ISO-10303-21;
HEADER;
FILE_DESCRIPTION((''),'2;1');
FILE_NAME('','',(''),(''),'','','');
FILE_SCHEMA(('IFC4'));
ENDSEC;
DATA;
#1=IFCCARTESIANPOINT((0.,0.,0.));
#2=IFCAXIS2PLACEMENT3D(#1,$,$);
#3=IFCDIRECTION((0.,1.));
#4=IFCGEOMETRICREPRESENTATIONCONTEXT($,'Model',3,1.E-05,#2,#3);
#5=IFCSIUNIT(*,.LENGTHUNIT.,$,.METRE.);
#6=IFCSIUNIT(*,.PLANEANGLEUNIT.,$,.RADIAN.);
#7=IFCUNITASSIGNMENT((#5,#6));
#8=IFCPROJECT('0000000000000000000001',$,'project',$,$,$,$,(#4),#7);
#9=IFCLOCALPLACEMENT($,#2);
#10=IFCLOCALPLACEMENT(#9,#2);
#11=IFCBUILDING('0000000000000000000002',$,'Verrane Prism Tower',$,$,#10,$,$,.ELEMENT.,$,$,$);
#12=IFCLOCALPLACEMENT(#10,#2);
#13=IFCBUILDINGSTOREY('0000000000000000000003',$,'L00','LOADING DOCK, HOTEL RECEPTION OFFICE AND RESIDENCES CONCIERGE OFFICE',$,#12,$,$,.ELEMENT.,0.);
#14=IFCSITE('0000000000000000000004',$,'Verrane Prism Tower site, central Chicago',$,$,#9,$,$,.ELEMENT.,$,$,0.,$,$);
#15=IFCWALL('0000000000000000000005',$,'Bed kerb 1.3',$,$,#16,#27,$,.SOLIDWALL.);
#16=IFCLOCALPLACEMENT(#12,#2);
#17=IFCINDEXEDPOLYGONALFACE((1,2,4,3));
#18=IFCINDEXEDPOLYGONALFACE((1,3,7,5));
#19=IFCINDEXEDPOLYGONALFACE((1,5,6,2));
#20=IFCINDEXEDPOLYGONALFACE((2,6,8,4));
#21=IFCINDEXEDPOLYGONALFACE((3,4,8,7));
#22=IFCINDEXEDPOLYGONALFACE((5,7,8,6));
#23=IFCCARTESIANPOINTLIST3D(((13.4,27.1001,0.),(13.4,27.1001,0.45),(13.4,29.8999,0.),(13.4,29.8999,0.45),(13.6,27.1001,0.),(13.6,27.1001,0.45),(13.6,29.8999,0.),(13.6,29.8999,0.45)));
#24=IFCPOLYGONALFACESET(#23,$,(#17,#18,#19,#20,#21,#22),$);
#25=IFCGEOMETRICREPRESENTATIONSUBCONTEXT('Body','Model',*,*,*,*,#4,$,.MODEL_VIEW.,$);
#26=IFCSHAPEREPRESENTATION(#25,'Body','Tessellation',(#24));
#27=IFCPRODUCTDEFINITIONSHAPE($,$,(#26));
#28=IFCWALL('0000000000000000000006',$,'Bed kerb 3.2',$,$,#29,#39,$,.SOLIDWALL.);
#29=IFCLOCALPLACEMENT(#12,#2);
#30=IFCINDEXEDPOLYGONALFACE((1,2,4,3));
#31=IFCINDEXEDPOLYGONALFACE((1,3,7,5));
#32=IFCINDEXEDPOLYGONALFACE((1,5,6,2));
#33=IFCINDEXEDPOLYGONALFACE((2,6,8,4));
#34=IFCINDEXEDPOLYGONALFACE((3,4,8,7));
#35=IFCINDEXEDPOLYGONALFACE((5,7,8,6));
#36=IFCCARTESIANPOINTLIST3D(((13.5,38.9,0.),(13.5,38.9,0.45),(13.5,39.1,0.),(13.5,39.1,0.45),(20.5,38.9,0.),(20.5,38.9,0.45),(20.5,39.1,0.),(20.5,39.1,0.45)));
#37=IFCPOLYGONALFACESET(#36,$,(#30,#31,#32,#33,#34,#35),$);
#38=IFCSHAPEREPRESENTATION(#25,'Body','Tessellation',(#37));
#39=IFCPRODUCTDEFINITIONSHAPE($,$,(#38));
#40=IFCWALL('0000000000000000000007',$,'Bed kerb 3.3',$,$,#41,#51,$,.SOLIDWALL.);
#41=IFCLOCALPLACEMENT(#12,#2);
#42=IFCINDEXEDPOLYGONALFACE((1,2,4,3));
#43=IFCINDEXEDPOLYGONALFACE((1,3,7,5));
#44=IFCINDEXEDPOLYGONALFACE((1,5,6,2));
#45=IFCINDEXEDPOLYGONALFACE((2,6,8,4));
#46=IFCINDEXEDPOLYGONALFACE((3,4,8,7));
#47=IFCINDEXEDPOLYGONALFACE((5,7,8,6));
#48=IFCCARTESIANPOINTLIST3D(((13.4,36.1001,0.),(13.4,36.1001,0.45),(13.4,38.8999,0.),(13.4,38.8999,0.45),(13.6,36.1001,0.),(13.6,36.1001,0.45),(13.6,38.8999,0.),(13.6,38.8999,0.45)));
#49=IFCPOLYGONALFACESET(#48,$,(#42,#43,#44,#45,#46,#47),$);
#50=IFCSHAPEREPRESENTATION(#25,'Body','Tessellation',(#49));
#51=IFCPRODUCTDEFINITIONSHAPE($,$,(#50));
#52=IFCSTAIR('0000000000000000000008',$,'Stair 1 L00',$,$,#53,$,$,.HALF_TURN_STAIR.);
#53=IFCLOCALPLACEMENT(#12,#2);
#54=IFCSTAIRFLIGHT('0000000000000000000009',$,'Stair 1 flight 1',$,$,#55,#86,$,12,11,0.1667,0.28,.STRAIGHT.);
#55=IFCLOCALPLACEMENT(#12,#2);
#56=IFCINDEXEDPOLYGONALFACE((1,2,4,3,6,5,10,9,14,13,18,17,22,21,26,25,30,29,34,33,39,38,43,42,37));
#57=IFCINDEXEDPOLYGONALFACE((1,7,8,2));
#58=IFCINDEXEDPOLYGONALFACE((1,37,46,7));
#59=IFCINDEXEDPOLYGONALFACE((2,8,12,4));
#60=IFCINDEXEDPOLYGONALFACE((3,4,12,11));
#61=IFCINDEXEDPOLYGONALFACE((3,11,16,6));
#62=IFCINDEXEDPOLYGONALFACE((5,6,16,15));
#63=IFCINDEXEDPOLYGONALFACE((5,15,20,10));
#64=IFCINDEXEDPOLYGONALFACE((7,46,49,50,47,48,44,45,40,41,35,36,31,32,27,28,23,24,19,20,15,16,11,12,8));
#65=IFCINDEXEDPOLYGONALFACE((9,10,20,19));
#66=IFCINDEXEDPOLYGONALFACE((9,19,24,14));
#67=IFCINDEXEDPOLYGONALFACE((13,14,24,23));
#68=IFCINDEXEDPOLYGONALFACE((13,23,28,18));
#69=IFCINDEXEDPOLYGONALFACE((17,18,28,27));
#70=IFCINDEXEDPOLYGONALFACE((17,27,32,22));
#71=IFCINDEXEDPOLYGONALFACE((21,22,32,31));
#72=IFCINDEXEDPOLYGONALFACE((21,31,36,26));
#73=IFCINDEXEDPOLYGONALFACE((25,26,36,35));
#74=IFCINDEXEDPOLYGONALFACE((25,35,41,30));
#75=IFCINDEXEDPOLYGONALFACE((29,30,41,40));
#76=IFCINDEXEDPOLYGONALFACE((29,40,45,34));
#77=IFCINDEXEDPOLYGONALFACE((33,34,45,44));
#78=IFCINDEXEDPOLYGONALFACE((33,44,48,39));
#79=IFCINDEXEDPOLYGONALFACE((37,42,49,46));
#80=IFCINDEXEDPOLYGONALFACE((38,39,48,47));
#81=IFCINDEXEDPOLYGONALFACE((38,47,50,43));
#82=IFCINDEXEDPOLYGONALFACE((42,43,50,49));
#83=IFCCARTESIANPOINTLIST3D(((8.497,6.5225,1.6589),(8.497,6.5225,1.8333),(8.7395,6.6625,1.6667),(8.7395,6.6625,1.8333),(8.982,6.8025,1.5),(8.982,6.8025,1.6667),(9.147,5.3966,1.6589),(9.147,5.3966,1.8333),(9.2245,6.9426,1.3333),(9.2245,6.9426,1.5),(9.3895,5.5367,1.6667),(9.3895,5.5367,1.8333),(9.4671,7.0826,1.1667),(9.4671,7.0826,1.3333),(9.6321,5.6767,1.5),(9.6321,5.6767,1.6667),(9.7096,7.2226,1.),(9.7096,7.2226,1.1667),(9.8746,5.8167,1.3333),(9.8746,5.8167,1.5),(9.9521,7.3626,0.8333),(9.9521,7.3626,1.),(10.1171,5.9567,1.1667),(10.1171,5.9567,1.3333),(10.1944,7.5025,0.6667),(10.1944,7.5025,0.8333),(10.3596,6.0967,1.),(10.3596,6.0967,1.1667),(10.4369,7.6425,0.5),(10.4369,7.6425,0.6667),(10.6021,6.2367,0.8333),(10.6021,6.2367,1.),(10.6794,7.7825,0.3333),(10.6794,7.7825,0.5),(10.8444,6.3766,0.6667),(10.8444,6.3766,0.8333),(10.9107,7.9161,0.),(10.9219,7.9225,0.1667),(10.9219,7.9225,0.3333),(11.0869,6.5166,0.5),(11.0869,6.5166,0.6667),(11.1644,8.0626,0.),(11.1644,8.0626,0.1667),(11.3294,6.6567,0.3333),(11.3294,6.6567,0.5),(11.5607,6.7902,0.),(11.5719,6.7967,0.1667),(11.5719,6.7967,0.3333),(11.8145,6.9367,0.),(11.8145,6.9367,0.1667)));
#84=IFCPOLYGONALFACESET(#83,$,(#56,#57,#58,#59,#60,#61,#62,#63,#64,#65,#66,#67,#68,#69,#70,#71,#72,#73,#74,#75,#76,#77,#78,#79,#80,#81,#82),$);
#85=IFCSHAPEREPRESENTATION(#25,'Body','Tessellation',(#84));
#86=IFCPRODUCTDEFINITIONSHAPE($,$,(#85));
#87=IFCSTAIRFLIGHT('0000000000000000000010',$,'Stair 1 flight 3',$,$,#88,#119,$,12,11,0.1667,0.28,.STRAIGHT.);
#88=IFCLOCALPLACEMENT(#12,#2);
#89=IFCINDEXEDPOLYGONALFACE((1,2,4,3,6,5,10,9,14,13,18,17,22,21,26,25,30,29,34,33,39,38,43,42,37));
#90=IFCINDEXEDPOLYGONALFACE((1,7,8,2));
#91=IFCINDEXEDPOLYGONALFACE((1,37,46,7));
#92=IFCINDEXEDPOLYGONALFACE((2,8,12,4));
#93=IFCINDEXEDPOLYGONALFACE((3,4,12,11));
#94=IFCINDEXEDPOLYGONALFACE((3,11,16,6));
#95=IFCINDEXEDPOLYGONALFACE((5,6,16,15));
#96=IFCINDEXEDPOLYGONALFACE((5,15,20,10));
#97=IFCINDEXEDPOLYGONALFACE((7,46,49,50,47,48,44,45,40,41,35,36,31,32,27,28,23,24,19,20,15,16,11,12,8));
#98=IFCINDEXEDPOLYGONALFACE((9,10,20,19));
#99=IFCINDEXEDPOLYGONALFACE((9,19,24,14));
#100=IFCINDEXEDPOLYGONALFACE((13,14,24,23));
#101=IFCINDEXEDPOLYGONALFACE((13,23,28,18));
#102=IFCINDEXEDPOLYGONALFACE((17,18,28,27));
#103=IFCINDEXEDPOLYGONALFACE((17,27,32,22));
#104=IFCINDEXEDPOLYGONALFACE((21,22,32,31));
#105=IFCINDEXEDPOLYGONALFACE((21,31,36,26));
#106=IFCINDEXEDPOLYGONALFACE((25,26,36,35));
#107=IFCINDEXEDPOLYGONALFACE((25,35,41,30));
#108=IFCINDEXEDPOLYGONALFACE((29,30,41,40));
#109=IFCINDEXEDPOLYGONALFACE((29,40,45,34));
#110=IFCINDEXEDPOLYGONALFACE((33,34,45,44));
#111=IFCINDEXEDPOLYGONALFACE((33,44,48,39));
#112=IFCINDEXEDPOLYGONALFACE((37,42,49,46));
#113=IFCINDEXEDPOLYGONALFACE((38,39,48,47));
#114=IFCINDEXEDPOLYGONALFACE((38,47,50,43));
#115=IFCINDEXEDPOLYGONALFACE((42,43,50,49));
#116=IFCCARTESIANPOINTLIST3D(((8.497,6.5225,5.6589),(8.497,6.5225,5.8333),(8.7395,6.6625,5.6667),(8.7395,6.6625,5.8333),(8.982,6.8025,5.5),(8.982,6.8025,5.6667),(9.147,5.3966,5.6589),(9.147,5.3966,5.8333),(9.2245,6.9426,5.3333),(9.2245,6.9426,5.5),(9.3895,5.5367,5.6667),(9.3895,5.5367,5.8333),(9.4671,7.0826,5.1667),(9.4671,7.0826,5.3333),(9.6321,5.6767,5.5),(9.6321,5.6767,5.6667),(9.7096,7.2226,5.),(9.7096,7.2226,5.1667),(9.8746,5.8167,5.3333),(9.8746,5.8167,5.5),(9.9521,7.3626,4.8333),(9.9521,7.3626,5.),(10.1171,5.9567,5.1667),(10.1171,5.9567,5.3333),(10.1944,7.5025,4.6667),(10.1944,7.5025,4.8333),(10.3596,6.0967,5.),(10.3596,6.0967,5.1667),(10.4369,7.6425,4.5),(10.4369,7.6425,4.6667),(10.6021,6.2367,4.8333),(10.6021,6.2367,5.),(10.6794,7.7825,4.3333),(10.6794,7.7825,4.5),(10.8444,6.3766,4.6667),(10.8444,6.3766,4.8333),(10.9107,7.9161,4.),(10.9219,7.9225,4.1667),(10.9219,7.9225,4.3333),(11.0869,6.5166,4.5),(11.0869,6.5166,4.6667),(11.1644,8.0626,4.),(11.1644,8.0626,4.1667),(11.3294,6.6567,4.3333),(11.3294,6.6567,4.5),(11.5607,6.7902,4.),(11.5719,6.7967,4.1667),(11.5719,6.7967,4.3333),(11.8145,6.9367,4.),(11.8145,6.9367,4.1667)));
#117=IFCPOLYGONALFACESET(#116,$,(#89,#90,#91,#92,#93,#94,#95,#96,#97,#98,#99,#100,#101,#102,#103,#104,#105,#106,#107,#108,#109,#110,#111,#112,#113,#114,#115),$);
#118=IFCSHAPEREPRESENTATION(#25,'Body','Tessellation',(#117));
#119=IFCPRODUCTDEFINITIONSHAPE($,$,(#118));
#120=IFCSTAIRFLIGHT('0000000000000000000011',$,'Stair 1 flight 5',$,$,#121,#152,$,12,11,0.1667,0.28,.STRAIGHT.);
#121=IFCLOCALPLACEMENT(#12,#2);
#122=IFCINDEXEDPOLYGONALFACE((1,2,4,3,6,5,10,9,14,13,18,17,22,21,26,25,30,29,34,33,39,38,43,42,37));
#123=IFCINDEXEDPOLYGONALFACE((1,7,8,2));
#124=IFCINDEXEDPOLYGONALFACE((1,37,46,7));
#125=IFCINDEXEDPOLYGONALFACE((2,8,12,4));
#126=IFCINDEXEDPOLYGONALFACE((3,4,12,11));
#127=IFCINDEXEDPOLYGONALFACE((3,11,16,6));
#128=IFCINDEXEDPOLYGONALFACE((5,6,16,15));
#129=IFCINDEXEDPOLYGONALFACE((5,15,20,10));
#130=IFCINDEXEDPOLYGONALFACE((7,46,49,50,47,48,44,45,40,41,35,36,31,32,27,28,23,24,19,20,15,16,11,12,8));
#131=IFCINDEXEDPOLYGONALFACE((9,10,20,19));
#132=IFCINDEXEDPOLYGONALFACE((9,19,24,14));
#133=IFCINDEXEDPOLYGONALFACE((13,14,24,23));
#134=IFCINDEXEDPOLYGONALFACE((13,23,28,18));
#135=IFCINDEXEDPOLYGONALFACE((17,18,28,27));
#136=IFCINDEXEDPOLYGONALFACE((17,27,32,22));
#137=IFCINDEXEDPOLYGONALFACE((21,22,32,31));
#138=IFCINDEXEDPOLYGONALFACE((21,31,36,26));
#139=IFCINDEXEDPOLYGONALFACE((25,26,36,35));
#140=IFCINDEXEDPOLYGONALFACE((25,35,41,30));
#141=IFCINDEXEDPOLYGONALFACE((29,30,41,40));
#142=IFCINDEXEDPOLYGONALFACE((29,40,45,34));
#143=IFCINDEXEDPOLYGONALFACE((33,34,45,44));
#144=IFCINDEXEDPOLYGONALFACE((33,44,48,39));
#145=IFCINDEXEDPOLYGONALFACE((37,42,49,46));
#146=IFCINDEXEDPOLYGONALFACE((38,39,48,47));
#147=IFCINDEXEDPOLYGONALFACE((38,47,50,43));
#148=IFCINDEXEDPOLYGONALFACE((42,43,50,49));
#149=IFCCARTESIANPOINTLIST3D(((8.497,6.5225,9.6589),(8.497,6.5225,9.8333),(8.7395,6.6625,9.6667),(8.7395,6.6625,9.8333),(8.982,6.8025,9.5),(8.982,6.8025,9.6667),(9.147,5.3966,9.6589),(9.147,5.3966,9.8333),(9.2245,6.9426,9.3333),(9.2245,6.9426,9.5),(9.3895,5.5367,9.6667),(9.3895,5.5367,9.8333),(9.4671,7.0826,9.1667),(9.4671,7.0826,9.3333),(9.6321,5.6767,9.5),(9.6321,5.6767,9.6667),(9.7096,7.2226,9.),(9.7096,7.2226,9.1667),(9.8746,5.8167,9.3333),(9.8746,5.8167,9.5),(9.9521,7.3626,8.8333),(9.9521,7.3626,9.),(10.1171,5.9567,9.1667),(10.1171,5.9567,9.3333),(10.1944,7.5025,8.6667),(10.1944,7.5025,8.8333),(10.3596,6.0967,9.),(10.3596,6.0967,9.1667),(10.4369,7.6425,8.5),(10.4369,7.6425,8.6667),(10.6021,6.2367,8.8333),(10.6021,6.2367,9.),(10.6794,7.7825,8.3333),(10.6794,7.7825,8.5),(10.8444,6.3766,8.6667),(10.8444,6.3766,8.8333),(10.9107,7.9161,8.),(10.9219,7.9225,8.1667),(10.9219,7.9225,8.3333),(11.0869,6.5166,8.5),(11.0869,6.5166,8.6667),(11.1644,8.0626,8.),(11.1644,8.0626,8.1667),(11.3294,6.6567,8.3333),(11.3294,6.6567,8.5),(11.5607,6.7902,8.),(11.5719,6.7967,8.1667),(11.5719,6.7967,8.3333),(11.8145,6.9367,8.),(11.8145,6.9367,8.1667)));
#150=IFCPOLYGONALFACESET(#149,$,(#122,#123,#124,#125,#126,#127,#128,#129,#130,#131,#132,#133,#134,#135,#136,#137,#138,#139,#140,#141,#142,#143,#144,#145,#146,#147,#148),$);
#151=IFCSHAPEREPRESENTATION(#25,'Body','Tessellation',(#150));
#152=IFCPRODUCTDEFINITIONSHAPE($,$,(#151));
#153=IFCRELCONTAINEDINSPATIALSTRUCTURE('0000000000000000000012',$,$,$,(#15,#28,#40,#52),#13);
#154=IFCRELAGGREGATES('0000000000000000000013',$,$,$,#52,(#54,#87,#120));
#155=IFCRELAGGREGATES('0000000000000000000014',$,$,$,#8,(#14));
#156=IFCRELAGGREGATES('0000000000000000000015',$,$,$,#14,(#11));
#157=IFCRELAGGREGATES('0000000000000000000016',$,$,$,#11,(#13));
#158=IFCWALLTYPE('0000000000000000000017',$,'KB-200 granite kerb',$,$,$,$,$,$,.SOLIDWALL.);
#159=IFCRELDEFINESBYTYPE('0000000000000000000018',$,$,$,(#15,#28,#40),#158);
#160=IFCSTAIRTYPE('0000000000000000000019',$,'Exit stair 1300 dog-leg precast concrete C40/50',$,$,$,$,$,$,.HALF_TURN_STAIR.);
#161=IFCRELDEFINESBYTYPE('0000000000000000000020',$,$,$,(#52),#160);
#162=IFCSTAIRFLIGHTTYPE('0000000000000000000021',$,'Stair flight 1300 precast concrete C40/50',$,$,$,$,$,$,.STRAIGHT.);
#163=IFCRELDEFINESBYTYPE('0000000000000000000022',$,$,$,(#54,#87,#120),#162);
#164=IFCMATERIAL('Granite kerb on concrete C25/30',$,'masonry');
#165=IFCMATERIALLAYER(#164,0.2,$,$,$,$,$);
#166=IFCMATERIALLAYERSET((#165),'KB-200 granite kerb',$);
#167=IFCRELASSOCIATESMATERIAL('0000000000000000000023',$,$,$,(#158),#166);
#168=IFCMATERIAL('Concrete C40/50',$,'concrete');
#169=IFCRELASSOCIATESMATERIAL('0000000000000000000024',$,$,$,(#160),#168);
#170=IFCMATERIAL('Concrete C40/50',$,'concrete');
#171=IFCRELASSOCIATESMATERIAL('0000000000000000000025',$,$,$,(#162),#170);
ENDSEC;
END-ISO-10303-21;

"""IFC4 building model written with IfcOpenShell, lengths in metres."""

from ifc_helpers import new_model, si_unit, direction, frame, frame_2d, origin, place, context, subcontext, project, spatial, polyline, rectangle, outline, extrude, material, layer, layer_set, type_object, element, aggregate, save


model = new_model("IFC4")

# Units and contexts
model_context = context("Model", 3, precision=1e-05, world=origin(), true_north=direction((0.0, 1.0)))
body_context = subcontext(model_context, "Body", "Model", "MODEL_VIEW")
ifc_project = project(units=[si_unit("LENGTHUNIT", "METRE"), si_unit("PLANEANGLEUNIT", "RADIAN")], contexts=[model_context])

# Site, building, storey
site_placement = place(None, origin())
site = spatial("IfcSite", under=ifc_project, at=site_placement, Name="Verrane Prism Tower site, central Chicago", CompositionType="ELEMENT", RefElevation=0.0)
building_placement = place(site_placement, origin())
building = spatial("IfcBuilding", under=site, at=building_placement, Name="Verrane Prism Tower", CompositionType="ELEMENT")
storey_placement = place(building_placement, origin())
storey = spatial("IfcBuildingStorey", under=building, at=storey_placement, Name="L00", Description="LOADING DOCK, HOTEL RECEPTION OFFICE AND RESIDENCES CONCIERGE OFFICE", CompositionType="ELEMENT", Elevation=0.0)

# Walls
ifc_material_1 = material(Name="Granite kerb on concrete C25/30", Category="masonry")
ifc_layer_1 = layer(ifc_material_1, 0.2)
ifc_layer_set_1 = layer_set([ifc_layer_1], Name="KB-200 granite kerb")
wall_type_1 = type_object("IfcWallType", Name="KB-200 granite kerb", PredefinedType="SOLIDWALL", material=ifc_layer_set_1)
wall_1_placement = place(storey_placement, frame((13.5, 27.1001, 0.0), z_axis=(0.0, 0.0, 1.0), x_axis=(0.0, 1.0, 0.0)))
element("IfcWall", 1, at=wall_1_placement, inside=storey, type_object=wall_type_1, Name="Bed kerb 1.3", PredefinedType="SOLIDWALL", context=body_context, shape_type="SweptSolid", body=[
    extrude(rectangle(XDim=2.7998, YDim=0.2, at=frame_2d((1.3999, 0.0))), origin(), (0.0, 0.0, 1.0), 0.45),
])
wall_2_placement = place(storey_placement, frame((13.5, 39.0, 0.0), z_axis=(0.0, 0.0, 1.0), x_axis=(1.0, 0.0, 0.0)))
element("IfcWall", 2, at=wall_2_placement, inside=storey, type_object=wall_type_1, Name="Bed kerb 3.2", PredefinedType="SOLIDWALL", context=body_context, shape_type="SweptSolid", body=[
    extrude(rectangle(XDim=7.0, YDim=0.2, at=frame_2d((3.5, 0.0))), origin(), (0.0, 0.0, 1.0), 0.45),
])
wall_3_placement = place(storey_placement, frame((13.5, 36.1001, 0.0), z_axis=(0.0, 0.0, 1.0), x_axis=(0.0, 1.0, 0.0)))
element("IfcWall", 3, at=wall_3_placement, inside=storey, type_object=wall_type_1, Name="Bed kerb 3.3", PredefinedType="SOLIDWALL", context=body_context, shape_type="SweptSolid", body=[
    extrude(rectangle(XDim=2.7998, YDim=0.2, at=frame_2d((1.3999, 0.0))), origin(), (0.0, 0.0, 1.0), 0.45),
])

# Stair, stair flights
ifc_material_2 = material(Name="Concrete C40/50", Category="concrete")
stair_type = type_object("IfcStairType", Name="Exit stair 1300 dog-leg precast concrete C40/50", PredefinedType="HALF_TURN_STAIR", material=ifc_material_2)
stair_placement = place(storey_placement, origin())
stair = element("IfcStair", 4, at=stair_placement, inside=storey, type_object=stair_type, Name="Stair 1 L00", PredefinedType="HALF_TURN_STAIR")
ifc_material_3 = material(Name="Concrete C40/50", Category="concrete")
stair_flight_type = type_object("IfcStairFlightType", Name="Stair flight 1300 precast concrete C40/50", PredefinedType="STRAIGHT", material=ifc_material_3)
stair_flight_1_placement = place(storey_placement, frame((11.4895, 7.4995, 0.0), z_axis=(0.0, 0.0, 1.0), x_axis=(-0.866025, -0.5, 0.0)))
stair_flight_1 = element("IfcStairFlight", 5, at=stair_flight_1_placement, type_object=stair_flight_type, Name="Stair 1 flight 1", NumberOfRisers=12, NumberOfTreads=11, PredefinedType="STRAIGHT", RiserHeight=0.1667, TreadLength=0.28, context=body_context, shape_type="SweptSolid", body=[
    extrude(outline(polyline([(0.0, 0.0), (0.0, 0.1667), (0.28, 0.1667), (0.28, 0.3333), (0.5601, 0.3333), (0.5601, 0.5), (0.8401, 0.5), (0.8401, 0.6667), (1.1201, 0.6667), (1.1201, 0.8333), (1.3999, 0.8333), (1.3999, 1.0), (1.6799, 1.0), (1.6799, 1.1667), (1.96, 1.1667), (1.96, 1.3333), (2.24, 1.3333), (2.24, 1.5), (2.52, 1.5), (2.52, 1.6667), (2.8, 1.6667), (2.8, 1.8333), (3.0801, 1.8333), (3.0801, 2.0), (3.0801, 1.6589), (0.293, 0.0), (0.0, 0.0)])), frame((0.0, 0.6499, 0.0), z_axis=(0.0, -1.0, 0.0), x_axis=(1.0, 0.0, 0.0)), (0.0, 0.0, 1.0), 1.3),
])
stair_flight_2_placement = place(storey_placement, frame((11.4895, 7.4995, 4.0), z_axis=(0.0, 0.0, 1.0), x_axis=(-0.866025, -0.5, 0.0)))
stair_flight_2 = element("IfcStairFlight", 6, at=stair_flight_2_placement, type_object=stair_flight_type, Name="Stair 1 flight 3", NumberOfRisers=12, NumberOfTreads=11, PredefinedType="STRAIGHT", RiserHeight=0.1667, TreadLength=0.28, context=body_context, shape_type="SweptSolid", body=[
    extrude(outline(polyline([(0.0, 0.0), (0.0, 0.1667), (0.28, 0.1667), (0.28, 0.3333), (0.5601, 0.3333), (0.5601, 0.5), (0.8401, 0.5), (0.8401, 0.6667), (1.1201, 0.6667), (1.1201, 0.8333), (1.3999, 0.8333), (1.3999, 1.0), (1.6799, 1.0), (1.6799, 1.1667), (1.96, 1.1667), (1.96, 1.3333), (2.24, 1.3333), (2.24, 1.5), (2.52, 1.5), (2.52, 1.6667), (2.8, 1.6667), (2.8, 1.8333), (3.0801, 1.8333), (3.0801, 2.0), (3.0801, 1.6589), (0.293, 0.0), (0.0, 0.0)])), frame((0.0, 0.6499, 0.0), z_axis=(0.0, -1.0, 0.0), x_axis=(1.0, 0.0, 0.0)), (0.0, 0.0, 1.0), 1.3),
])
stair_flight_3_placement = place(storey_placement, frame((11.4895, 7.4995, 8.0), z_axis=(0.0, 0.0, 1.0), x_axis=(-0.866025, -0.5, 0.0)))
stair_flight_3 = element("IfcStairFlight", 7, at=stair_flight_3_placement, type_object=stair_flight_type, Name="Stair 1 flight 5", NumberOfRisers=12, NumberOfTreads=11, PredefinedType="STRAIGHT", RiserHeight=0.1667, TreadLength=0.28, context=body_context, shape_type="SweptSolid", body=[
    extrude(outline(polyline([(0.0, 0.0), (0.0, 0.1667), (0.28, 0.1667), (0.28, 0.3333), (0.5601, 0.3333), (0.5601, 0.5), (0.8401, 0.5), (0.8401, 0.6667), (1.1201, 0.6667), (1.1201, 0.8333), (1.3999, 0.8333), (1.3999, 1.0), (1.6799, 1.0), (1.6799, 1.1667), (1.96, 1.1667), (1.96, 1.3333), (2.24, 1.3333), (2.24, 1.5), (2.52, 1.5), (2.52, 1.6667), (2.8, 1.6667), (2.8, 1.8333), (3.0801, 1.8333), (3.0801, 2.0), (3.0801, 1.6589), (0.293, 0.0), (0.0, 0.0)])), frame((0.0, 0.6499, 0.0), z_axis=(0.0, -1.0, 0.0), x_axis=(1.0, 0.0, 0.0)), (0.0, 0.0, 1.0), 1.3),
])
aggregate(stair, [stair_flight_1, stair_flight_2, stair_flight_3])

save(model, "model.ifc")
